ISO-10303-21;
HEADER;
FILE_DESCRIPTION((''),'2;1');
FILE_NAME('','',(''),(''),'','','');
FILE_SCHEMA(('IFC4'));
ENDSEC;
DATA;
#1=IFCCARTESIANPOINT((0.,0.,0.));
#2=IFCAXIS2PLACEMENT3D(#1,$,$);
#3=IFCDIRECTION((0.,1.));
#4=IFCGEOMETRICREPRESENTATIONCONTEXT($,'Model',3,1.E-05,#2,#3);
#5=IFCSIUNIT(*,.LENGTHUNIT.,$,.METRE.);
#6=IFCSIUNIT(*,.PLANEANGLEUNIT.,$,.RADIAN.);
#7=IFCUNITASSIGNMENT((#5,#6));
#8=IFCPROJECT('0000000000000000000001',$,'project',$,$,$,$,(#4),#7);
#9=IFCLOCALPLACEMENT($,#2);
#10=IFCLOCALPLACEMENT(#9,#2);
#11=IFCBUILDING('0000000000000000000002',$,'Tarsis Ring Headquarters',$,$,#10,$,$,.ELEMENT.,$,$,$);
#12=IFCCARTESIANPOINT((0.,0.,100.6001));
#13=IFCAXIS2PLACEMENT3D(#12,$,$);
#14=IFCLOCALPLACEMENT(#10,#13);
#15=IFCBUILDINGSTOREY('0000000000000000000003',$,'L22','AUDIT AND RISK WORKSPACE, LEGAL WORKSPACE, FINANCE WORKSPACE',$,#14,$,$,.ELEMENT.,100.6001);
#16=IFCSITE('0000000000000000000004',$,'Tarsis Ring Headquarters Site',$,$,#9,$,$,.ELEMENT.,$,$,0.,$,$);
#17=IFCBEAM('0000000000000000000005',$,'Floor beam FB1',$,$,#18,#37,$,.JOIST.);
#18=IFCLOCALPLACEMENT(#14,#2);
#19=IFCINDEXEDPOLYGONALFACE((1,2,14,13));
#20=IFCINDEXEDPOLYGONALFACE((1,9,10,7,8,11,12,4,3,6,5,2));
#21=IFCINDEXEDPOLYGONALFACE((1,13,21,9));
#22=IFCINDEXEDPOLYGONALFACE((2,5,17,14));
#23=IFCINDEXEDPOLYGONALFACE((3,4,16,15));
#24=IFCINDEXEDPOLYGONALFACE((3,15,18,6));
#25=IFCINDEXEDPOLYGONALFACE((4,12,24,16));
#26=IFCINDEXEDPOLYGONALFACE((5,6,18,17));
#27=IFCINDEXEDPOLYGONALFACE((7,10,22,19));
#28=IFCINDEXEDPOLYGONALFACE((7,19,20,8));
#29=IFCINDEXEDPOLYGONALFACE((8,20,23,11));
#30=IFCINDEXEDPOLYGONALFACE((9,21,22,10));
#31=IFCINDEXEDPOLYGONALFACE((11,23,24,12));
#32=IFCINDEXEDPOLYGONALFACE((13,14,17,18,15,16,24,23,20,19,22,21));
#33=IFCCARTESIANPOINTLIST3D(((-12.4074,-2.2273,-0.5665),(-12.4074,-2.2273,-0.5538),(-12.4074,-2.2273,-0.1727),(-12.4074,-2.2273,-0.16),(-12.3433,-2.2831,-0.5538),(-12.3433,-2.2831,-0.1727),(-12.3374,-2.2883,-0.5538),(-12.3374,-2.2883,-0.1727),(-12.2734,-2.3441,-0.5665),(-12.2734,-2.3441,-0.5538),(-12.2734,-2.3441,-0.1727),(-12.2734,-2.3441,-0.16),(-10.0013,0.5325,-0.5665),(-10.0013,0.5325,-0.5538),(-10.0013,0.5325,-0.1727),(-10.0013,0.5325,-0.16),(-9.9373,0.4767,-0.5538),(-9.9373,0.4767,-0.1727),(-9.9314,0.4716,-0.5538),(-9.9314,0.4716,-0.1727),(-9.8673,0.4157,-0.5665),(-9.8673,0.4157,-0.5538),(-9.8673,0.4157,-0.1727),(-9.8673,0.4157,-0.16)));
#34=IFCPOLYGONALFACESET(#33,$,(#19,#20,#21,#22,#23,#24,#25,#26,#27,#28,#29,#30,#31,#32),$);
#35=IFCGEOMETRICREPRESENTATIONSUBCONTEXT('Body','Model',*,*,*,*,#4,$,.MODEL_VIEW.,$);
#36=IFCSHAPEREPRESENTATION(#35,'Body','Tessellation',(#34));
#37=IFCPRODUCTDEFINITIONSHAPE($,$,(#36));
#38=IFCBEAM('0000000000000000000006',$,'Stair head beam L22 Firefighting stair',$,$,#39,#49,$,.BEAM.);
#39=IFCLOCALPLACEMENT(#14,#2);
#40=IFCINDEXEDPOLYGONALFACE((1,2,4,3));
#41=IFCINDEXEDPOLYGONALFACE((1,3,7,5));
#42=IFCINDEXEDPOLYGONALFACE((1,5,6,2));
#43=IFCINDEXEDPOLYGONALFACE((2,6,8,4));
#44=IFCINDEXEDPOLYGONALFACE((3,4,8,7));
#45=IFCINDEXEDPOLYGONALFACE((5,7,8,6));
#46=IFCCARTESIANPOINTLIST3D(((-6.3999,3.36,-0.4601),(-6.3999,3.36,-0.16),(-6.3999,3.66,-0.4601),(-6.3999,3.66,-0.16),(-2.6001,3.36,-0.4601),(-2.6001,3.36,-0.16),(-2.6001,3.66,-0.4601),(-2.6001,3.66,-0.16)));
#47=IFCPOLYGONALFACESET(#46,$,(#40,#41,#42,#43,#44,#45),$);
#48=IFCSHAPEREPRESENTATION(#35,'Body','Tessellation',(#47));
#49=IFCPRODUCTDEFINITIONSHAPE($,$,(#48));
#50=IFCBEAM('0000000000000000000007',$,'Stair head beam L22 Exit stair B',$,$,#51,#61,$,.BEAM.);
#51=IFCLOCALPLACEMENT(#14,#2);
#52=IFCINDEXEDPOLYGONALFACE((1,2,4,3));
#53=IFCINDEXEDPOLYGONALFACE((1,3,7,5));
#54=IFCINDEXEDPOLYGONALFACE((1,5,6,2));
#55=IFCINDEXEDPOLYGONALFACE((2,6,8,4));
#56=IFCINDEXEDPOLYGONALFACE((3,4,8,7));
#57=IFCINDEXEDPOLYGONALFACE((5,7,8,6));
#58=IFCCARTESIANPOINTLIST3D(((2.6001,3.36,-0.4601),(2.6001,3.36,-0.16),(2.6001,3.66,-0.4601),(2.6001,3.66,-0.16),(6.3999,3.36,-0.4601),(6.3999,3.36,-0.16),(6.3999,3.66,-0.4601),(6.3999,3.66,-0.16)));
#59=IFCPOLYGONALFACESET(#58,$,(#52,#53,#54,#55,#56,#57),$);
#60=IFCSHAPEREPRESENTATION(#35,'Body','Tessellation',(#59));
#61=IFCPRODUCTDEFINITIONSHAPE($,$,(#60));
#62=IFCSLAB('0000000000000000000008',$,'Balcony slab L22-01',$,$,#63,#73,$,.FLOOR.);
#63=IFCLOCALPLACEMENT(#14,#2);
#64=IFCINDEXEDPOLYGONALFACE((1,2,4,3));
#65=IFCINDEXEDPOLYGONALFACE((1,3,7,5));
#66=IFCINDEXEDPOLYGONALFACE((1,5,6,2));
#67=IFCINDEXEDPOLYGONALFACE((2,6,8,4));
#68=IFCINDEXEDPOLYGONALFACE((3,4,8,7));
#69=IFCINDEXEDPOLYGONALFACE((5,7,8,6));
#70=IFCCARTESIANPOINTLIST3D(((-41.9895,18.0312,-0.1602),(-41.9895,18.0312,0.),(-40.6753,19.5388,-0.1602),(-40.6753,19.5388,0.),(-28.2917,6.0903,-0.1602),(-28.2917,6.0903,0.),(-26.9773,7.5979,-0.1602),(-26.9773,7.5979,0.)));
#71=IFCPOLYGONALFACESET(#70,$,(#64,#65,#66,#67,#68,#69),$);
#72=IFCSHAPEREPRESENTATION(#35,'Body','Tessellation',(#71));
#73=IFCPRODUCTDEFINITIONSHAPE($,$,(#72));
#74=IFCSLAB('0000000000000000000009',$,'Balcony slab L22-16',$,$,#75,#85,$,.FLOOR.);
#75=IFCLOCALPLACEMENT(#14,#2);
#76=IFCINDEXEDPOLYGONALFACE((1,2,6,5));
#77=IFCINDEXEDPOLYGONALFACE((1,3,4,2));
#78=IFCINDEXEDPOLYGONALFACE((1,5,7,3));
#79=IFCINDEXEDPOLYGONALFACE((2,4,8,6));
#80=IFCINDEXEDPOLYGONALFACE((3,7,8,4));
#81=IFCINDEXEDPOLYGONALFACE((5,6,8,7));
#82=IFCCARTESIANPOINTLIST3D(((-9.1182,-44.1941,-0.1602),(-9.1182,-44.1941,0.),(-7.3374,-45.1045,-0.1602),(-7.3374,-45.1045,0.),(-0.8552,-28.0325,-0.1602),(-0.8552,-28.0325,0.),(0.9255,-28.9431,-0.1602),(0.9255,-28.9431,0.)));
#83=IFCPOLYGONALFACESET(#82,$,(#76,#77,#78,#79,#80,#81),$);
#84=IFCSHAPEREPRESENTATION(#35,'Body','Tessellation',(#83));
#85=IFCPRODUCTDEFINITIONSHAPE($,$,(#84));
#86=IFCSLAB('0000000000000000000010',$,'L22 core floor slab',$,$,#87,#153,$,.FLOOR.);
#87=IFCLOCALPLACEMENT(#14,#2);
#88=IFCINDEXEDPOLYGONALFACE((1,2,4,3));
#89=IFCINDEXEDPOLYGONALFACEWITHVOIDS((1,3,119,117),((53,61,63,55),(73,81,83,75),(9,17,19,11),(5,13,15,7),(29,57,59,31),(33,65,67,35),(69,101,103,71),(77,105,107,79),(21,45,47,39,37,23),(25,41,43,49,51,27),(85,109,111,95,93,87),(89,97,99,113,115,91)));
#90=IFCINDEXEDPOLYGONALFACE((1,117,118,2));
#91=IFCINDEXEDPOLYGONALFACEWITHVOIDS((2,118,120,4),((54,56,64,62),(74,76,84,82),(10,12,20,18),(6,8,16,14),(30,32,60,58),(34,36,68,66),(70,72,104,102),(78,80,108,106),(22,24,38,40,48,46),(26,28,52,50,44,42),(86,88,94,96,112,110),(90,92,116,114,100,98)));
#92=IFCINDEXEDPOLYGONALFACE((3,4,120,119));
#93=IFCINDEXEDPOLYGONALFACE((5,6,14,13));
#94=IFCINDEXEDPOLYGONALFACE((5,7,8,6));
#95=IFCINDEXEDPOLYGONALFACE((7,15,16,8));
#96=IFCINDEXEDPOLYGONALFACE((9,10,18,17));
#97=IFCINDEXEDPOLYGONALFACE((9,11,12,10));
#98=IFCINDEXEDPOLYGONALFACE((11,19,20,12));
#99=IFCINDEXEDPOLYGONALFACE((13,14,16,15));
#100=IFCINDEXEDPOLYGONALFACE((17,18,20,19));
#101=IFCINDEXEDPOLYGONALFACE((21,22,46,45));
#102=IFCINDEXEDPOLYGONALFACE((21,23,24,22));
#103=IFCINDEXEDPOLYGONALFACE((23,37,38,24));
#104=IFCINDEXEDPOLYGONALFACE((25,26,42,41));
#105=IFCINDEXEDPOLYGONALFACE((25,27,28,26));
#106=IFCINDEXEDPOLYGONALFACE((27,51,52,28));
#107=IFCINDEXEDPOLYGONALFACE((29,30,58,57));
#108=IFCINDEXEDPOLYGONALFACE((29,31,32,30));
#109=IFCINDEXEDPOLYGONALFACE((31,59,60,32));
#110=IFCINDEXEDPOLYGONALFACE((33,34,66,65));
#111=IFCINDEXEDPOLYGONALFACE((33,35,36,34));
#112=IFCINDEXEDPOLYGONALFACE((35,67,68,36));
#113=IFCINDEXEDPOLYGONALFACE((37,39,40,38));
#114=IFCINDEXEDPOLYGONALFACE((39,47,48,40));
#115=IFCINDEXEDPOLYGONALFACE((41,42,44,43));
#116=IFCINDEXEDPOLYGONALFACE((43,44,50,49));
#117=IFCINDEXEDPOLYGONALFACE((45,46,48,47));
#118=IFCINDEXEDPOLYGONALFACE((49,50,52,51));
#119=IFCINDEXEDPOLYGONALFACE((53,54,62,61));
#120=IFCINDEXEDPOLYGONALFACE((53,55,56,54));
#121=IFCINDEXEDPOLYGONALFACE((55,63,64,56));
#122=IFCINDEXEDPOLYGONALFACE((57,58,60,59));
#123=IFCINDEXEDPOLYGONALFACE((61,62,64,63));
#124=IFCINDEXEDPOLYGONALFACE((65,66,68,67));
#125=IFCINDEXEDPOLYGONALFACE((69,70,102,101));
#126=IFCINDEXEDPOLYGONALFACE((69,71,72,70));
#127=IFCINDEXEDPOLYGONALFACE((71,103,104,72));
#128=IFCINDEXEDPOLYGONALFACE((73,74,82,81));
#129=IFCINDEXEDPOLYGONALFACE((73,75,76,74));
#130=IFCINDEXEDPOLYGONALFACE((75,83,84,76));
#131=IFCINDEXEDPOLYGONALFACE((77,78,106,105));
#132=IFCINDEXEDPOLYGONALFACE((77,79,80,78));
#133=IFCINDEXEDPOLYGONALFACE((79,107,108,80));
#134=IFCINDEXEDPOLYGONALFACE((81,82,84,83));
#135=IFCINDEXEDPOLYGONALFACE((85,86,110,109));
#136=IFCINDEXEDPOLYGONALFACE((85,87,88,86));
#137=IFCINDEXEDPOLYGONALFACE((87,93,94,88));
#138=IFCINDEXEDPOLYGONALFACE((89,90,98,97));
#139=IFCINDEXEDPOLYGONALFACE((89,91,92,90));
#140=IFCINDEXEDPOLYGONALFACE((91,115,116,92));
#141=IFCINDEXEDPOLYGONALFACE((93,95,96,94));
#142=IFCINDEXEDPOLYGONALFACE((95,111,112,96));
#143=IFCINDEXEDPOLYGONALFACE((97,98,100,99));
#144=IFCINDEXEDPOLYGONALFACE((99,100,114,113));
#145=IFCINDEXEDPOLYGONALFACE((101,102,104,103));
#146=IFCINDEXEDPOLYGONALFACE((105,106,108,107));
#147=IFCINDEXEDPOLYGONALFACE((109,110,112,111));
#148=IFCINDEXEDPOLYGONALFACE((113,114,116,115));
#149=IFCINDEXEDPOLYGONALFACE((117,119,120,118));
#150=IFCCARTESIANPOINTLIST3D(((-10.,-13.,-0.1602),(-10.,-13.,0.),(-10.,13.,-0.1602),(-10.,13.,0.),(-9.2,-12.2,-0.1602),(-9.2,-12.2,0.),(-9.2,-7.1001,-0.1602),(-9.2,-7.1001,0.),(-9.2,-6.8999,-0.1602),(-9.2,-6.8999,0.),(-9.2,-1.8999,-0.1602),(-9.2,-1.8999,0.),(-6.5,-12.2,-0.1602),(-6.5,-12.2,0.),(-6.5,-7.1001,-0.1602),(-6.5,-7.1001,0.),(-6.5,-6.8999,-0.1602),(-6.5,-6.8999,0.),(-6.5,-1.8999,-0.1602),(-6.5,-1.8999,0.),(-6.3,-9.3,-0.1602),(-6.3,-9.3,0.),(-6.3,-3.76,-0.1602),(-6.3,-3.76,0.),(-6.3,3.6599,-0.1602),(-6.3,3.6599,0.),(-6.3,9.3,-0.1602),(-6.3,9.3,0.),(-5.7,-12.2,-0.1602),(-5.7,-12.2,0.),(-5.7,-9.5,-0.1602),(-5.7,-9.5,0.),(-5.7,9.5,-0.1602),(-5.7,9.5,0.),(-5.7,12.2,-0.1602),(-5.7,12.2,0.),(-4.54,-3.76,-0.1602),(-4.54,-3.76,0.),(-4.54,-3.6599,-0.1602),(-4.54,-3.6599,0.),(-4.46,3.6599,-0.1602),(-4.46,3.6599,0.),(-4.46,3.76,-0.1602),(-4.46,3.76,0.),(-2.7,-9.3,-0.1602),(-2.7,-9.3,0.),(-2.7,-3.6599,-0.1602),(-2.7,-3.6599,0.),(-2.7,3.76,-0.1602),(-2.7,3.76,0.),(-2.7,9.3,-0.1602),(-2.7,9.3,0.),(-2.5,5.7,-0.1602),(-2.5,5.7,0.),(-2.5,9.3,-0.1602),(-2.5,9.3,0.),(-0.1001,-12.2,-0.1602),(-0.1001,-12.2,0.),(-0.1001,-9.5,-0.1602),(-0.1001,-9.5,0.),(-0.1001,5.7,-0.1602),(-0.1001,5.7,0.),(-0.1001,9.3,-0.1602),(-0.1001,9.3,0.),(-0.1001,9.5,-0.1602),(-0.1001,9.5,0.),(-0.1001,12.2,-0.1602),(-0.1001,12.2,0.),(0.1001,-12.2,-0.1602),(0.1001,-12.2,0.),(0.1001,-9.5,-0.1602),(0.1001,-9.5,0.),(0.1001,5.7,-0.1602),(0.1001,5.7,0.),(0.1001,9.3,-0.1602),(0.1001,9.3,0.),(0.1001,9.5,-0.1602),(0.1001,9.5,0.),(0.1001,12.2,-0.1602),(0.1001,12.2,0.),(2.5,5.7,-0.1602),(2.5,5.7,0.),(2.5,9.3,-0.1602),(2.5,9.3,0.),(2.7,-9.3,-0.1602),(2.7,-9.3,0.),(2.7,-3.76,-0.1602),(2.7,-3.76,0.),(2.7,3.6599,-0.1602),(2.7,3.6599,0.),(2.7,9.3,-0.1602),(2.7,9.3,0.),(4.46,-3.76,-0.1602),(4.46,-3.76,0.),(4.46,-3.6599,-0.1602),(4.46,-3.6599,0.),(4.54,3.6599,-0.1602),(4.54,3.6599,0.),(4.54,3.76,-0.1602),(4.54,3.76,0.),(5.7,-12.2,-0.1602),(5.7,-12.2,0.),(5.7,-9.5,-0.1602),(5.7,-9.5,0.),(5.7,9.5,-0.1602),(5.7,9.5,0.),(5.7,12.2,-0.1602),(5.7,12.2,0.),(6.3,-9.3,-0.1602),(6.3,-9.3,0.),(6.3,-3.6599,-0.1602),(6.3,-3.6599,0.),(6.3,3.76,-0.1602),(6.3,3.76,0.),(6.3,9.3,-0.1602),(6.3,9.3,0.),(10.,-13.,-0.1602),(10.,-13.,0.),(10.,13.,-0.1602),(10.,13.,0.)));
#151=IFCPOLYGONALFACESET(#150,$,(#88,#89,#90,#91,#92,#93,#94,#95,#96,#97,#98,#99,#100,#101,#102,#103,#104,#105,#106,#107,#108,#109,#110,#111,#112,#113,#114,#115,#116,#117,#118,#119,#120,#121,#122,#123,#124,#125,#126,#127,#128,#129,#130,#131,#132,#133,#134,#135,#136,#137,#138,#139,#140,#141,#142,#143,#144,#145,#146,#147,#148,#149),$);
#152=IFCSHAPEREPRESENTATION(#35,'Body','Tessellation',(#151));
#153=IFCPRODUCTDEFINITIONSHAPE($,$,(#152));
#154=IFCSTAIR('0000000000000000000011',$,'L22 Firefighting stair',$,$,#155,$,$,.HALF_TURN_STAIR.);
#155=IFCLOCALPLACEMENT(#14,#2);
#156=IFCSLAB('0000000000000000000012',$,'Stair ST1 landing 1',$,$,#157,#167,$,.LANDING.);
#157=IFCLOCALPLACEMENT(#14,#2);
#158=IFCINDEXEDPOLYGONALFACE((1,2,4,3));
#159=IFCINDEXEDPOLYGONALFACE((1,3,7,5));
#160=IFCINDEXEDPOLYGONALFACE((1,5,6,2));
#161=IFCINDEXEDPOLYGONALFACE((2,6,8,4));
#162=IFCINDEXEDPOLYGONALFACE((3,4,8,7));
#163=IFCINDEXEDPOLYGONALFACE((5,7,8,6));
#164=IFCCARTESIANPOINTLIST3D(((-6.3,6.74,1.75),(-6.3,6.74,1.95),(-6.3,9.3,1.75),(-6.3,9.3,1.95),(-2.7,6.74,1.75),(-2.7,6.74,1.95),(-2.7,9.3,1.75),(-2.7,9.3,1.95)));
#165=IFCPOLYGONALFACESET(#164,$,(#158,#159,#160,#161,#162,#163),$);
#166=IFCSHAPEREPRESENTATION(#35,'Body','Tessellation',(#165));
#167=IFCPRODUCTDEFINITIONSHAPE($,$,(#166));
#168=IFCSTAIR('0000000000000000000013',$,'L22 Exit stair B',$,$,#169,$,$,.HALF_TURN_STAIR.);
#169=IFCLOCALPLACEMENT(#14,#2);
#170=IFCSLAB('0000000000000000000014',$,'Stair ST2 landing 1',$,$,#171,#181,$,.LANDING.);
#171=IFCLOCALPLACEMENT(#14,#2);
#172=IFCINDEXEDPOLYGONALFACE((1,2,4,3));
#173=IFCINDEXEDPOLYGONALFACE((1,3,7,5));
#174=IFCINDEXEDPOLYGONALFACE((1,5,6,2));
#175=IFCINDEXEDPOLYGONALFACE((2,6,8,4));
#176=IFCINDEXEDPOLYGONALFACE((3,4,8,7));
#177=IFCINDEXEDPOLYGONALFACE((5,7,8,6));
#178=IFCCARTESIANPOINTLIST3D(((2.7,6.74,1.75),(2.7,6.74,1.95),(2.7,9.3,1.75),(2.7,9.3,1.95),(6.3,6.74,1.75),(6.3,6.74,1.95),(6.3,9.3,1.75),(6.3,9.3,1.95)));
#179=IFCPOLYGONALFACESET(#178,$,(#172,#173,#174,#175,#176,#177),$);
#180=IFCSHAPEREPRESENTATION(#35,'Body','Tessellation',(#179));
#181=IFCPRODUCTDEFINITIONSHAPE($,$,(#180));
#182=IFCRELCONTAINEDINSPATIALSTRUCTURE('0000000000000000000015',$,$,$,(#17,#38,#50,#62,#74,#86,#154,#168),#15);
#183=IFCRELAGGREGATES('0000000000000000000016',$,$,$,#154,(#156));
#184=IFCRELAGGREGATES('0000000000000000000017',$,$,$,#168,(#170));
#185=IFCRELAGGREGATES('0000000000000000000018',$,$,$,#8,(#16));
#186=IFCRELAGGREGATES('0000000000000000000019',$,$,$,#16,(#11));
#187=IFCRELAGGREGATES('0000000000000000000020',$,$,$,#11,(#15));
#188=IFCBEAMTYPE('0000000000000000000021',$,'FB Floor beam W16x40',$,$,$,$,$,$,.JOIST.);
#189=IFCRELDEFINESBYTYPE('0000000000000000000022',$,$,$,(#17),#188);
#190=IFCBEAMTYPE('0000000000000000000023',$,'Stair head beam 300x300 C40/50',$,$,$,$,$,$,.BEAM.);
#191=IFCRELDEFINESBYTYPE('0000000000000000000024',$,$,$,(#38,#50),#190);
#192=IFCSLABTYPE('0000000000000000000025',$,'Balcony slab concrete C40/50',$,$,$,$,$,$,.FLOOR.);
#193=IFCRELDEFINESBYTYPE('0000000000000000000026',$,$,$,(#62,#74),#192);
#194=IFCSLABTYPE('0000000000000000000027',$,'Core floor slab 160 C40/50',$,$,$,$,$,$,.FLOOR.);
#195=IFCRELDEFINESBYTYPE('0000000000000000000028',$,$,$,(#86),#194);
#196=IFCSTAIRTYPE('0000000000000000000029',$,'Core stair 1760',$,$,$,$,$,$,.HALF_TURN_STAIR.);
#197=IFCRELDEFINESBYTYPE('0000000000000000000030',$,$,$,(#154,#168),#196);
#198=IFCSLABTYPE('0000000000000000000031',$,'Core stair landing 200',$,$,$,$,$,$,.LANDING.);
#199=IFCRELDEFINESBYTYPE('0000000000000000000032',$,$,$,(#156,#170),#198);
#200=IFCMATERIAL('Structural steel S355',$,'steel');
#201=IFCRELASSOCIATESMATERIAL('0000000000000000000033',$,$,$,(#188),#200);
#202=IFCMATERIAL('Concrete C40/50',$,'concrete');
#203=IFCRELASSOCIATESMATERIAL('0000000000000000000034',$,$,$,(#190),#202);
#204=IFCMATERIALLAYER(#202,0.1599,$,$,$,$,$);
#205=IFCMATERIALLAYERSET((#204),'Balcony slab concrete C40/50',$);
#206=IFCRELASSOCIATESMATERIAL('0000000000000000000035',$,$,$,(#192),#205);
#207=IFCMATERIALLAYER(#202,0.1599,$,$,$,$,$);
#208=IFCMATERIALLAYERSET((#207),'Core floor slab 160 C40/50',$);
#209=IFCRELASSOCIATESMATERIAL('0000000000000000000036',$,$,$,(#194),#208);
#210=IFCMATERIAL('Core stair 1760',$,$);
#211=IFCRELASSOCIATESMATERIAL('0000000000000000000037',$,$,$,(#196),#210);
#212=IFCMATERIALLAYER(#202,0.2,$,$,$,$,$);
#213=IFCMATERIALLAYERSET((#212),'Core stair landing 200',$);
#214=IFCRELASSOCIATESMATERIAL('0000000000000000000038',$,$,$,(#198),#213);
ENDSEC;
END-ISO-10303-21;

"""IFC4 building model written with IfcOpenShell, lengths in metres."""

from ifc_helpers import new_model, si_unit, direction, frame, origin, origin_2d, place, context, subcontext, project, spatial, polyline, rectangle, i_section, outline, extrude, material, layer, layer_set, material_profile, profile_set, type_object, element, aggregate, save


model = new_model("IFC4")

# Units and contexts
model_context = context("Model", 3, precision=1e-05, world=origin(), true_north=direction((0.0, 1.0)))
body_context = subcontext(model_context, "Body", "Model", "MODEL_VIEW")
ifc_project = project(units=[si_unit("LENGTHUNIT", "METRE"), si_unit("PLANEANGLEUNIT", "RADIAN")], contexts=[model_context])

# Site, building, storey
site_placement = place(None, origin())
site = spatial("IfcSite", under=ifc_project, at=site_placement, Name="Tarsis Ring Headquarters Site", CompositionType="ELEMENT", RefElevation=0.0)
building_placement = place(site_placement, origin())
building = spatial("IfcBuilding", under=site, at=building_placement, Name="Tarsis Ring Headquarters", CompositionType="ELEMENT")
storey_placement = place(building_placement, frame((0.0, 0.0, 100.6001)))
storey = spatial("IfcBuildingStorey", under=building, at=storey_placement, Name="L22", Description="AUDIT AND RISK WORKSPACE, LEGAL WORKSPACE, FINANCE WORKSPACE", CompositionType="ELEMENT", Elevation=100.6001)

# Beams
ifc_material_1 = material(Name="Structural steel S355", Category="steel")
ifc_material_profile_1 = material_profile(ifc_material_1, i_section(OverallWidth=0.1777, OverallDepth=0.4065, WebThickness=0.0078, FlangeThickness=0.0127, at=origin_2d()), Name="W16x40")
ifc_profile_set_1 = profile_set([ifc_material_profile_1], Name="Structural steel S355")
beam_type_1 = type_object("IfcBeamType", Name="FB Floor beam W16x40", PredefinedType="JOIST", material=ifc_profile_set_1)
beam_placement = place(storey_placement, frame((-9.9343, 0.4741, -0.3633), z_axis=(-0.657144, -0.753765, 0.0), x_axis=(0.753765, -0.657144, 0.0)))
element("IfcBeam", 1, at=beam_placement, inside=storey, type_object=beam_type_1, Name="Floor beam FB1", PredefinedType="JOIST", context=body_context, shape_type="SweptSolid", body=[
    extrude(i_section(OverallWidth=0.1777, OverallDepth=0.4065, WebThickness=0.0078, FlangeThickness=0.0127, at=origin_2d()), origin(), (0.0, 0.0, 1.0), 3.6614),
])
ifc_material_2 = material(Name="Concrete C40/50", Category="concrete")
ifc_material_profile_2 = material_profile(ifc_material_2, rectangle(XDim=0.3, YDim=0.3, at=origin_2d()), Name="Stair head beam 300x300 C40/50")
ifc_profile_set_2 = profile_set([ifc_material_profile_2], Name="Concrete C40/50")
beam_type_2 = type_object("IfcBeamType", Name="Stair head beam 300x300 C40/50", PredefinedType="BEAM", material=ifc_profile_set_2)
for number, where, z_axis, x_axis, name in (
    (2, (-6.3999, 3.51, -0.3101), (1.0, 0.0, 0.0), (0.0, 1.0, 0.0), "Stair head beam L22 Firefighting stair"),
    (3, (2.6001, 3.51, -0.3101), (1.0, 0.0, 0.0), (0.0, 1.0, 0.0), "Stair head beam L22 Exit stair B"),
):
    element("IfcBeam", number, at=place(storey_placement, frame(where, z_axis=z_axis, x_axis=x_axis)), inside=storey, type_object=beam_type_2, Name=name, PredefinedType="BEAM", context=body_context, shape_type="SweptSolid", body=[
        extrude(rectangle(XDim=0.3, YDim=0.3, at=origin_2d()), origin(), (0.0, 0.0, 1.0), 3.7998),
    ])

# Slabs
ifc_layer_1 = layer(ifc_material_2, 0.1599)
ifc_layer_set_1 = layer_set([ifc_layer_1], Name="Balcony slab concrete C40/50")
slab_type_1 = type_object("IfcSlabType", Name="Balcony slab concrete C40/50", PredefinedType="FLOOR", material=ifc_layer_set_1)
slab_1_placement = place(storey_placement, frame((0.0, 0.0, -0.1602)))
element("IfcSlab", 4, at=slab_1_placement, inside=storey, type_object=slab_type_1, Name="Balcony slab L22-01", PredefinedType="FLOOR", context=body_context, shape_type="SweptSolid", body=[
    extrude(outline(polyline([(-40.6753, 19.5388), (-41.9895, 18.0312), (-28.2917, 6.0903), (-26.9773, 7.5979), (-40.6753, 19.5388)])), origin(), (0.0, 0.0, 1.0), 0.1602),
])
slab_2_placement = place(storey_placement, frame((0.0, 0.0, -0.1602)))
element("IfcSlab", 5, at=slab_2_placement, inside=storey, type_object=slab_type_1, Name="Balcony slab L22-16", PredefinedType="FLOOR", context=body_context, shape_type="SweptSolid", body=[
    extrude(outline(polyline([(-9.1182, -44.1941), (-7.3374, -45.1045), (0.9255, -28.9431), (-0.8552, -28.0325), (-9.1182, -44.1941)])), origin(), (0.0, 0.0, 1.0), 0.1602),
])
ifc_layer_2 = layer(ifc_material_2, 0.1599)
ifc_layer_set_2 = layer_set([ifc_layer_2], Name="Core floor slab 160 C40/50")
slab_type_2 = type_object("IfcSlabType", Name="Core floor slab 160 C40/50", PredefinedType="FLOOR", material=ifc_layer_set_2)
slab_3_placement = place(storey_placement, frame((0.0, 0.0, -0.1602)))
element("IfcSlab", 6, at=slab_3_placement, inside=storey, type_object=slab_type_2, Name="L22 core floor slab", PredefinedType="FLOOR", context=body_context, shape_type="SweptSolid", body=[
    extrude(outline(polyline([(-10.0, -13.0), (10.0, -13.0), (10.0, 13.0), (-10.0, 13.0), (-10.0, -13.0)]), holes=[polyline([(-2.5, 5.7), (-0.1001, 5.7), (-0.1001, 9.3), (-2.5, 9.3), (-2.5, 5.7)]), polyline([(0.1001, 5.7), (2.5, 5.7), (2.5, 9.3), (0.1001, 9.3), (0.1001, 5.7)]), polyline([(-9.2, -12.2), (-6.5, -12.2), (-6.5, -7.1001), (-9.2, -7.1001), (-9.2, -12.2)]), polyline([(-9.2, -6.8999), (-6.5, -6.8999), (-6.5, -1.8999), (-9.2, -1.8999), (-9.2, -6.8999)]), polyline([(-5.7, 9.5), (-0.1001, 9.5), (-0.1001, 12.2), (-5.7, 12.2), (-5.7, 9.5)]), polyline([(0.1001, 9.5), (5.7, 9.5), (5.7, 12.2), (0.1001, 12.2), (0.1001, 9.5)]), polyline([(-5.7, -12.2), (-0.1001, -12.2), (-0.1001, -9.5), (-5.7, -9.5), (-5.7, -12.2)]), polyline([(0.1001, -12.2), (5.7, -12.2), (5.7, -9.5), (0.1001, -9.5), (0.1001, -12.2)]), polyline([(-2.7, 3.76), (-2.7, 9.3), (-6.3, 9.3), (-6.3, 3.6599), (-4.46, 3.6599), (-4.46, 3.76), (-2.7, 3.76)]), polyline([(6.3, 3.76), (6.3, 9.3), (2.7, 9.3), (2.7, 3.6599), (4.54, 3.6599), (4.54, 3.76), (6.3, 3.76)]), polyline([(-6.3, -3.76), (-6.3, -9.3), (-2.7, -9.3), (-2.7, -3.6599), (-4.54, -3.6599), (-4.54, -3.76), (-6.3, -3.76)]), polyline([(2.7, -3.76), (2.7, -9.3), (6.3, -9.3), (6.3, -3.6599), (4.46, -3.6599), (4.46, -3.76), (2.7, -3.76)])]), origin(), (0.0, 0.0, 1.0), 0.1602),
])

# Stairs, slabs
ifc_material_3 = material(Name="Core stair 1760")
stair_type = type_object("IfcStairType", Name="Core stair 1760", PredefinedType="HALF_TURN_STAIR", material=ifc_material_3)
stair_1_placement = place(storey_placement, origin())
stair_1 = element("IfcStair", 7, at=stair_1_placement, inside=storey, type_object=stair_type, Name="L22 Firefighting stair", PredefinedType="HALF_TURN_STAIR")
ifc_layer_3 = layer(ifc_material_2, 0.2)
ifc_layer_set_3 = layer_set([ifc_layer_3], Name="Core stair landing 200")
slab_type_3 = type_object("IfcSlabType", Name="Core stair landing 200", PredefinedType="LANDING", material=ifc_layer_set_3)
slab_4_placement = place(storey_placement, frame((0.0, 0.0, 1.75)))
slab_4 = element("IfcSlab", 8, at=slab_4_placement, type_object=slab_type_3, Name="Stair ST1 landing 1", PredefinedType="LANDING", context=body_context, shape_type="SweptSolid", body=[
    extrude(outline(polyline([(-2.7, 6.74), (-2.7, 9.3), (-6.3, 9.3), (-6.3, 6.74), (-2.7, 6.74)])), origin(), (0.0, 0.0, 1.0), 0.2),
])
aggregate(stair_1, [slab_4])
stair_2_placement = place(storey_placement, origin())
stair_2 = element("IfcStair", 9, at=stair_2_placement, inside=storey, type_object=stair_type, Name="L22 Exit stair B", PredefinedType="HALF_TURN_STAIR")
slab_5_placement = place(storey_placement, frame((0.0, 0.0, 1.75)))
slab_5 = element("IfcSlab", 10, at=slab_5_placement, type_object=slab_type_3, Name="Stair ST2 landing 1", PredefinedType="LANDING", context=body_context, shape_type="SweptSolid", body=[
    extrude(outline(polyline([(6.3, 6.74), (6.3, 9.3), (2.7, 9.3), (2.7, 6.74), (6.3, 6.74)])), origin(), (0.0, 0.0, 1.0), 0.2),
])
aggregate(stair_2, [slab_5])

save(model, "model.ifc")
